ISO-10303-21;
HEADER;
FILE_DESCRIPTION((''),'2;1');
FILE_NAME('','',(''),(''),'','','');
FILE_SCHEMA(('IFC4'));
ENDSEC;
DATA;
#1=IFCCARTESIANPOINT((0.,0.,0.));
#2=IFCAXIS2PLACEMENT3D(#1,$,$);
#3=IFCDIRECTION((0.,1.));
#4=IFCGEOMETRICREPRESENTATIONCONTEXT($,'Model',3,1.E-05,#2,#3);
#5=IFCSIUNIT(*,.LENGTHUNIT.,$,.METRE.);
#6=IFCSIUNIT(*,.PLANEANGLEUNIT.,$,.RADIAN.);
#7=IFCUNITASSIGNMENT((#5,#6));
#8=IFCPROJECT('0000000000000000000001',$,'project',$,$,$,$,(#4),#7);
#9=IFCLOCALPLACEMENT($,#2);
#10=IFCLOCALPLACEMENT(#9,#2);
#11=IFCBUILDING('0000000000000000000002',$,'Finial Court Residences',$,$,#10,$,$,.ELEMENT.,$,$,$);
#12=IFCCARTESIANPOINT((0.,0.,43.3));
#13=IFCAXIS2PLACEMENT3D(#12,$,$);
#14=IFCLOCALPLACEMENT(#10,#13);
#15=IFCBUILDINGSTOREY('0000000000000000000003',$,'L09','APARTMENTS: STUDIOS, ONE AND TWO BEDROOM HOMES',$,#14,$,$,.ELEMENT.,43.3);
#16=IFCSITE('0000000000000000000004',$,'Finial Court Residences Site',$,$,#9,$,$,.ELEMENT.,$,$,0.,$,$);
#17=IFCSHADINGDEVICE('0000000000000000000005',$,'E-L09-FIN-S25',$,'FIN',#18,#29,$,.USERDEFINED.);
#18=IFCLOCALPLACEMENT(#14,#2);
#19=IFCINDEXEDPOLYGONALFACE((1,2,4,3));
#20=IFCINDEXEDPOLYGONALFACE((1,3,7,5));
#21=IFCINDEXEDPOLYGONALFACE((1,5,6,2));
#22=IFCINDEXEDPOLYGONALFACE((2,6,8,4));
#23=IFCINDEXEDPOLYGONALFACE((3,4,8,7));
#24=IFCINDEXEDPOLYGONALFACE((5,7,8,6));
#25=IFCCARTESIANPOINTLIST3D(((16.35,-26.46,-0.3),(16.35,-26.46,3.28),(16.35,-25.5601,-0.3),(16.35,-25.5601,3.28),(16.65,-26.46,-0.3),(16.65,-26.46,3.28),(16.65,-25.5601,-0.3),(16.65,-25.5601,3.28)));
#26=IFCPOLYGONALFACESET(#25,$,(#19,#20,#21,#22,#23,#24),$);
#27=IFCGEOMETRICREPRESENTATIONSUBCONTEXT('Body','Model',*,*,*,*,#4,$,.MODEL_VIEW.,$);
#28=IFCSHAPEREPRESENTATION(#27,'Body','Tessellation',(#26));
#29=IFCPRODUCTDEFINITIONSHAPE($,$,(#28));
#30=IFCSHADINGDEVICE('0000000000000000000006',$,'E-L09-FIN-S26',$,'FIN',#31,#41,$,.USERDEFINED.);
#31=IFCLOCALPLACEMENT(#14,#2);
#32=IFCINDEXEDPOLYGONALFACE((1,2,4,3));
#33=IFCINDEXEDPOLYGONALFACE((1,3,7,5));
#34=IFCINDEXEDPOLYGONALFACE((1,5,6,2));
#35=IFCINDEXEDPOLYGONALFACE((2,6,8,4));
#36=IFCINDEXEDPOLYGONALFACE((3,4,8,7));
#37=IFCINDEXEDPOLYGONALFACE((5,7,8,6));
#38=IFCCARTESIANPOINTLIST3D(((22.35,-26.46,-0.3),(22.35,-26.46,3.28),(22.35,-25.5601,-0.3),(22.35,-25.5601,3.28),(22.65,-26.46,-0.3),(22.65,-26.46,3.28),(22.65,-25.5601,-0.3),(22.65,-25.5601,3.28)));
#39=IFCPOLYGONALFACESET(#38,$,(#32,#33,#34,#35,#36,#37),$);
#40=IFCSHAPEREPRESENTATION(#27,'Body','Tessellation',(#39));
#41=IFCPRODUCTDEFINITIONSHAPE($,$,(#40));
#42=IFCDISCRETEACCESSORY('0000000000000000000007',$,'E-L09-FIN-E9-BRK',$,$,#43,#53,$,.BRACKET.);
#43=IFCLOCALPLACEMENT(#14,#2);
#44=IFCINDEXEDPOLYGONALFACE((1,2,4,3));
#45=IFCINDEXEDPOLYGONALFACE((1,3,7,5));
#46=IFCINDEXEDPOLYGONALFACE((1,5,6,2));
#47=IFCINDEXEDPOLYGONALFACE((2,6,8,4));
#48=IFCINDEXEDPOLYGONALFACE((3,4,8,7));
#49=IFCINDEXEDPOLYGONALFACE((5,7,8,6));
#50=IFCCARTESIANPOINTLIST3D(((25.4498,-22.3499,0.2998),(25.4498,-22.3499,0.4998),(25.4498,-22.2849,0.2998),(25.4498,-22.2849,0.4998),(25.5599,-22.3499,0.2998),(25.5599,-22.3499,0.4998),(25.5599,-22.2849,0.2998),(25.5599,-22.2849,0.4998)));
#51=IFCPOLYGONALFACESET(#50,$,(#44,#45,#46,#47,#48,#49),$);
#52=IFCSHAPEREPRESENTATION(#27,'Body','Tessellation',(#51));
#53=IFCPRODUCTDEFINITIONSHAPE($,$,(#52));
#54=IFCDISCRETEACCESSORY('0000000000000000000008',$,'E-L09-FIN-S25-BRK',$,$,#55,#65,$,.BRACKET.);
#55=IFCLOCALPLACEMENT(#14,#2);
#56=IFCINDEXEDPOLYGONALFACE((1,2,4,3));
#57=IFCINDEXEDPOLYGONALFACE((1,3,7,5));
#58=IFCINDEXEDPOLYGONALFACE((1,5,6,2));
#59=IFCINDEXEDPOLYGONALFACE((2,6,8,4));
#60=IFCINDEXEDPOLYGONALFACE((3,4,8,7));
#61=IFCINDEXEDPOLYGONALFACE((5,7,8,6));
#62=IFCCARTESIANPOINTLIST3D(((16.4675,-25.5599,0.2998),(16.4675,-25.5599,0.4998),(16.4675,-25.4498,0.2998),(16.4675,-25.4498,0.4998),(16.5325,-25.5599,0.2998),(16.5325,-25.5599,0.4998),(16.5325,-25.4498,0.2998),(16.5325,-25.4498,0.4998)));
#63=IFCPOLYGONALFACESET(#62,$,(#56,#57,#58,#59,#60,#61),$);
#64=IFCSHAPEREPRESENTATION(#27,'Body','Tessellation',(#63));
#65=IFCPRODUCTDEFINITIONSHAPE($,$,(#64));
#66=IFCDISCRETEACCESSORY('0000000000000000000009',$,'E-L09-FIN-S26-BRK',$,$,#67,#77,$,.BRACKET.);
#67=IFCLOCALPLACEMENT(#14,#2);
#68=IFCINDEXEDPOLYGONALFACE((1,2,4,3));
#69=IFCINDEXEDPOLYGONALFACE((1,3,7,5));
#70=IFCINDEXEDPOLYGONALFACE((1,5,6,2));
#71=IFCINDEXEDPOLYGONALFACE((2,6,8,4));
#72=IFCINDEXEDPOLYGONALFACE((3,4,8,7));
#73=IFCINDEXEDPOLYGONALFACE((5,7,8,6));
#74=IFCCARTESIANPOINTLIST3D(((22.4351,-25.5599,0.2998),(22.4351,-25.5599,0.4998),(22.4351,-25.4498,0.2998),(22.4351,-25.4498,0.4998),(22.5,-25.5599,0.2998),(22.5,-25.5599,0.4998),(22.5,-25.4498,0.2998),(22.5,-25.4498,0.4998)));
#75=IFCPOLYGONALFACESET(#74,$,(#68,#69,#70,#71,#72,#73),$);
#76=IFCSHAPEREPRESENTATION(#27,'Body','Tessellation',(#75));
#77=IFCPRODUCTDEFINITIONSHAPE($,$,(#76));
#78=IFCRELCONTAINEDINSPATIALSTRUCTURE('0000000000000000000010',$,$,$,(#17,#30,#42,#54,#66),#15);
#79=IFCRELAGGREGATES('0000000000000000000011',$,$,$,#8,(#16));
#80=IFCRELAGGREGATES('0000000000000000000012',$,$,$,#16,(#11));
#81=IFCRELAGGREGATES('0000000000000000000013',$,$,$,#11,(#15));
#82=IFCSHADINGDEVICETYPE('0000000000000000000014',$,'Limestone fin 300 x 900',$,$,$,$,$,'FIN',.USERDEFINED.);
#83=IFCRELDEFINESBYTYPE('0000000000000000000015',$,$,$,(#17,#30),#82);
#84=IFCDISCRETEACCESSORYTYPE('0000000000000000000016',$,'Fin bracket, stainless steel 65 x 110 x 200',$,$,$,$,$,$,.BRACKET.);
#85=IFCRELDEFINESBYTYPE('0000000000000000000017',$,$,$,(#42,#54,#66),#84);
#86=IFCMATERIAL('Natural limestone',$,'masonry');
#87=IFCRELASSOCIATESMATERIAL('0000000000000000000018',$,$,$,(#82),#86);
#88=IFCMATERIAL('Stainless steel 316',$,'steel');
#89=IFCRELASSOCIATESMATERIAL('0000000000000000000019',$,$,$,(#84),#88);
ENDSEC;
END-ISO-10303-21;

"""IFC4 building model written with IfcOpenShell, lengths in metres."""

from ifc_helpers import new_model, si_unit, direction, frame, origin, origin_2d, place, context, subcontext, project, spatial, rectangle, extrude, material, type_object, element, save


model = new_model("IFC4")

# Units and contexts
model_context = context("Model", 3, precision=1e-05, world=origin(), true_north=direction((0.0, 1.0)))
body_context = subcontext(model_context, "Body", "Model", "MODEL_VIEW")
ifc_project = project(units=[si_unit("LENGTHUNIT", "METRE"), si_unit("PLANEANGLEUNIT", "RADIAN")], contexts=[model_context])

# Site, building, storey
site_placement = place(None, origin())
site = spatial("IfcSite", under=ifc_project, at=site_placement, Name="Finial Court Residences Site", CompositionType="ELEMENT", RefElevation=0.0)
building_placement = place(site_placement, origin())
building = spatial("IfcBuilding", under=site, at=building_placement, Name="Finial Court Residences", CompositionType="ELEMENT")
storey_placement = place(building_placement, frame((0.0, 0.0, 43.3)))
storey = spatial("IfcBuildingStorey", under=building, at=storey_placement, Name="L09", Description="APARTMENTS: STUDIOS, ONE AND TWO BEDROOM HOMES", CompositionType="ELEMENT", Elevation=43.3)

# Shared definitions
ifc_material_1 = material(Name="Natural limestone", Category="masonry")

# Shading devices
shading_device_type = type_object("IfcShadingDeviceType", Name="Limestone fin 300 x 900", ElementType="FIN", PredefinedType="USERDEFINED", material=ifc_material_1)
for number, where, z_axis, x_axis, name in (
    (1, (16.5, -26.01, -0.3), (0.0, 0.0, 1.0), (1.0, 0.0, 0.0), "E-L09-FIN-S25"),
    (2, (22.5, -26.01, -0.3), (0.0, 0.0, 1.0), (1.0, 0.0, 0.0), "E-L09-FIN-S26"),
):
    element("IfcShadingDevice", number, at=place(storey_placement, frame(where, z_axis=z_axis, x_axis=x_axis)), inside=storey, type_object=shading_device_type, Name=name, ObjectType="FIN", PredefinedType="USERDEFINED", context=body_context, shape_type="SweptSolid", body=[
        extrude(rectangle(XDim=0.3, YDim=0.8999, at=origin_2d()), origin(), (0.0, 0.0, 1.0), 3.5801),
    ])

# Discrete accessories
ifc_material_2 = material(Name="Stainless steel 316", Category="steel")
discrete_accessory_type = type_object("IfcDiscreteAccessoryType", Name="Fin bracket, stainless steel 65 x 110 x 200", PredefinedType="BRACKET", material=ifc_material_2)
discrete_accessory_placement = place(storey_placement, frame((25.5049, -22.3174, 0.2998), z_axis=(0.0, 0.0, 1.0), x_axis=(1.0, 0.0, 0.0)))
element("IfcDiscreteAccessory", 3, at=discrete_accessory_placement, inside=storey, type_object=discrete_accessory_type, Name="E-L09-FIN-E9-BRK", PredefinedType="BRACKET", context=body_context, shape_type="SweptSolid", body=[
    extrude(rectangle(XDim=0.1101, YDim=0.0649, at=origin_2d()), origin(), (0.0, 0.0, 1.0), 0.2),
])
for number, where, z_axis, x_axis, name in (
    (4, (16.5, -25.5049, 0.2998), (0.0, 0.0, 1.0), (1.0, 0.0, 0.0), "E-L09-FIN-S25-BRK"),
    (5, (22.4675, -25.5049, 0.2998), (0.0, 0.0, 1.0), (1.0, 0.0, 0.0), "E-L09-FIN-S26-BRK"),
):
    element("IfcDiscreteAccessory", number, at=place(storey_placement, frame(where, z_axis=z_axis, x_axis=x_axis)), inside=storey, type_object=discrete_accessory_type, Name=name, PredefinedType="BRACKET", context=body_context, shape_type="SweptSolid", body=[
        extrude(rectangle(XDim=0.0649, YDim=0.1101, at=origin_2d()), origin(), (0.0, 0.0, 1.0), 0.2),
    ])

save(model, "model.ifc")
